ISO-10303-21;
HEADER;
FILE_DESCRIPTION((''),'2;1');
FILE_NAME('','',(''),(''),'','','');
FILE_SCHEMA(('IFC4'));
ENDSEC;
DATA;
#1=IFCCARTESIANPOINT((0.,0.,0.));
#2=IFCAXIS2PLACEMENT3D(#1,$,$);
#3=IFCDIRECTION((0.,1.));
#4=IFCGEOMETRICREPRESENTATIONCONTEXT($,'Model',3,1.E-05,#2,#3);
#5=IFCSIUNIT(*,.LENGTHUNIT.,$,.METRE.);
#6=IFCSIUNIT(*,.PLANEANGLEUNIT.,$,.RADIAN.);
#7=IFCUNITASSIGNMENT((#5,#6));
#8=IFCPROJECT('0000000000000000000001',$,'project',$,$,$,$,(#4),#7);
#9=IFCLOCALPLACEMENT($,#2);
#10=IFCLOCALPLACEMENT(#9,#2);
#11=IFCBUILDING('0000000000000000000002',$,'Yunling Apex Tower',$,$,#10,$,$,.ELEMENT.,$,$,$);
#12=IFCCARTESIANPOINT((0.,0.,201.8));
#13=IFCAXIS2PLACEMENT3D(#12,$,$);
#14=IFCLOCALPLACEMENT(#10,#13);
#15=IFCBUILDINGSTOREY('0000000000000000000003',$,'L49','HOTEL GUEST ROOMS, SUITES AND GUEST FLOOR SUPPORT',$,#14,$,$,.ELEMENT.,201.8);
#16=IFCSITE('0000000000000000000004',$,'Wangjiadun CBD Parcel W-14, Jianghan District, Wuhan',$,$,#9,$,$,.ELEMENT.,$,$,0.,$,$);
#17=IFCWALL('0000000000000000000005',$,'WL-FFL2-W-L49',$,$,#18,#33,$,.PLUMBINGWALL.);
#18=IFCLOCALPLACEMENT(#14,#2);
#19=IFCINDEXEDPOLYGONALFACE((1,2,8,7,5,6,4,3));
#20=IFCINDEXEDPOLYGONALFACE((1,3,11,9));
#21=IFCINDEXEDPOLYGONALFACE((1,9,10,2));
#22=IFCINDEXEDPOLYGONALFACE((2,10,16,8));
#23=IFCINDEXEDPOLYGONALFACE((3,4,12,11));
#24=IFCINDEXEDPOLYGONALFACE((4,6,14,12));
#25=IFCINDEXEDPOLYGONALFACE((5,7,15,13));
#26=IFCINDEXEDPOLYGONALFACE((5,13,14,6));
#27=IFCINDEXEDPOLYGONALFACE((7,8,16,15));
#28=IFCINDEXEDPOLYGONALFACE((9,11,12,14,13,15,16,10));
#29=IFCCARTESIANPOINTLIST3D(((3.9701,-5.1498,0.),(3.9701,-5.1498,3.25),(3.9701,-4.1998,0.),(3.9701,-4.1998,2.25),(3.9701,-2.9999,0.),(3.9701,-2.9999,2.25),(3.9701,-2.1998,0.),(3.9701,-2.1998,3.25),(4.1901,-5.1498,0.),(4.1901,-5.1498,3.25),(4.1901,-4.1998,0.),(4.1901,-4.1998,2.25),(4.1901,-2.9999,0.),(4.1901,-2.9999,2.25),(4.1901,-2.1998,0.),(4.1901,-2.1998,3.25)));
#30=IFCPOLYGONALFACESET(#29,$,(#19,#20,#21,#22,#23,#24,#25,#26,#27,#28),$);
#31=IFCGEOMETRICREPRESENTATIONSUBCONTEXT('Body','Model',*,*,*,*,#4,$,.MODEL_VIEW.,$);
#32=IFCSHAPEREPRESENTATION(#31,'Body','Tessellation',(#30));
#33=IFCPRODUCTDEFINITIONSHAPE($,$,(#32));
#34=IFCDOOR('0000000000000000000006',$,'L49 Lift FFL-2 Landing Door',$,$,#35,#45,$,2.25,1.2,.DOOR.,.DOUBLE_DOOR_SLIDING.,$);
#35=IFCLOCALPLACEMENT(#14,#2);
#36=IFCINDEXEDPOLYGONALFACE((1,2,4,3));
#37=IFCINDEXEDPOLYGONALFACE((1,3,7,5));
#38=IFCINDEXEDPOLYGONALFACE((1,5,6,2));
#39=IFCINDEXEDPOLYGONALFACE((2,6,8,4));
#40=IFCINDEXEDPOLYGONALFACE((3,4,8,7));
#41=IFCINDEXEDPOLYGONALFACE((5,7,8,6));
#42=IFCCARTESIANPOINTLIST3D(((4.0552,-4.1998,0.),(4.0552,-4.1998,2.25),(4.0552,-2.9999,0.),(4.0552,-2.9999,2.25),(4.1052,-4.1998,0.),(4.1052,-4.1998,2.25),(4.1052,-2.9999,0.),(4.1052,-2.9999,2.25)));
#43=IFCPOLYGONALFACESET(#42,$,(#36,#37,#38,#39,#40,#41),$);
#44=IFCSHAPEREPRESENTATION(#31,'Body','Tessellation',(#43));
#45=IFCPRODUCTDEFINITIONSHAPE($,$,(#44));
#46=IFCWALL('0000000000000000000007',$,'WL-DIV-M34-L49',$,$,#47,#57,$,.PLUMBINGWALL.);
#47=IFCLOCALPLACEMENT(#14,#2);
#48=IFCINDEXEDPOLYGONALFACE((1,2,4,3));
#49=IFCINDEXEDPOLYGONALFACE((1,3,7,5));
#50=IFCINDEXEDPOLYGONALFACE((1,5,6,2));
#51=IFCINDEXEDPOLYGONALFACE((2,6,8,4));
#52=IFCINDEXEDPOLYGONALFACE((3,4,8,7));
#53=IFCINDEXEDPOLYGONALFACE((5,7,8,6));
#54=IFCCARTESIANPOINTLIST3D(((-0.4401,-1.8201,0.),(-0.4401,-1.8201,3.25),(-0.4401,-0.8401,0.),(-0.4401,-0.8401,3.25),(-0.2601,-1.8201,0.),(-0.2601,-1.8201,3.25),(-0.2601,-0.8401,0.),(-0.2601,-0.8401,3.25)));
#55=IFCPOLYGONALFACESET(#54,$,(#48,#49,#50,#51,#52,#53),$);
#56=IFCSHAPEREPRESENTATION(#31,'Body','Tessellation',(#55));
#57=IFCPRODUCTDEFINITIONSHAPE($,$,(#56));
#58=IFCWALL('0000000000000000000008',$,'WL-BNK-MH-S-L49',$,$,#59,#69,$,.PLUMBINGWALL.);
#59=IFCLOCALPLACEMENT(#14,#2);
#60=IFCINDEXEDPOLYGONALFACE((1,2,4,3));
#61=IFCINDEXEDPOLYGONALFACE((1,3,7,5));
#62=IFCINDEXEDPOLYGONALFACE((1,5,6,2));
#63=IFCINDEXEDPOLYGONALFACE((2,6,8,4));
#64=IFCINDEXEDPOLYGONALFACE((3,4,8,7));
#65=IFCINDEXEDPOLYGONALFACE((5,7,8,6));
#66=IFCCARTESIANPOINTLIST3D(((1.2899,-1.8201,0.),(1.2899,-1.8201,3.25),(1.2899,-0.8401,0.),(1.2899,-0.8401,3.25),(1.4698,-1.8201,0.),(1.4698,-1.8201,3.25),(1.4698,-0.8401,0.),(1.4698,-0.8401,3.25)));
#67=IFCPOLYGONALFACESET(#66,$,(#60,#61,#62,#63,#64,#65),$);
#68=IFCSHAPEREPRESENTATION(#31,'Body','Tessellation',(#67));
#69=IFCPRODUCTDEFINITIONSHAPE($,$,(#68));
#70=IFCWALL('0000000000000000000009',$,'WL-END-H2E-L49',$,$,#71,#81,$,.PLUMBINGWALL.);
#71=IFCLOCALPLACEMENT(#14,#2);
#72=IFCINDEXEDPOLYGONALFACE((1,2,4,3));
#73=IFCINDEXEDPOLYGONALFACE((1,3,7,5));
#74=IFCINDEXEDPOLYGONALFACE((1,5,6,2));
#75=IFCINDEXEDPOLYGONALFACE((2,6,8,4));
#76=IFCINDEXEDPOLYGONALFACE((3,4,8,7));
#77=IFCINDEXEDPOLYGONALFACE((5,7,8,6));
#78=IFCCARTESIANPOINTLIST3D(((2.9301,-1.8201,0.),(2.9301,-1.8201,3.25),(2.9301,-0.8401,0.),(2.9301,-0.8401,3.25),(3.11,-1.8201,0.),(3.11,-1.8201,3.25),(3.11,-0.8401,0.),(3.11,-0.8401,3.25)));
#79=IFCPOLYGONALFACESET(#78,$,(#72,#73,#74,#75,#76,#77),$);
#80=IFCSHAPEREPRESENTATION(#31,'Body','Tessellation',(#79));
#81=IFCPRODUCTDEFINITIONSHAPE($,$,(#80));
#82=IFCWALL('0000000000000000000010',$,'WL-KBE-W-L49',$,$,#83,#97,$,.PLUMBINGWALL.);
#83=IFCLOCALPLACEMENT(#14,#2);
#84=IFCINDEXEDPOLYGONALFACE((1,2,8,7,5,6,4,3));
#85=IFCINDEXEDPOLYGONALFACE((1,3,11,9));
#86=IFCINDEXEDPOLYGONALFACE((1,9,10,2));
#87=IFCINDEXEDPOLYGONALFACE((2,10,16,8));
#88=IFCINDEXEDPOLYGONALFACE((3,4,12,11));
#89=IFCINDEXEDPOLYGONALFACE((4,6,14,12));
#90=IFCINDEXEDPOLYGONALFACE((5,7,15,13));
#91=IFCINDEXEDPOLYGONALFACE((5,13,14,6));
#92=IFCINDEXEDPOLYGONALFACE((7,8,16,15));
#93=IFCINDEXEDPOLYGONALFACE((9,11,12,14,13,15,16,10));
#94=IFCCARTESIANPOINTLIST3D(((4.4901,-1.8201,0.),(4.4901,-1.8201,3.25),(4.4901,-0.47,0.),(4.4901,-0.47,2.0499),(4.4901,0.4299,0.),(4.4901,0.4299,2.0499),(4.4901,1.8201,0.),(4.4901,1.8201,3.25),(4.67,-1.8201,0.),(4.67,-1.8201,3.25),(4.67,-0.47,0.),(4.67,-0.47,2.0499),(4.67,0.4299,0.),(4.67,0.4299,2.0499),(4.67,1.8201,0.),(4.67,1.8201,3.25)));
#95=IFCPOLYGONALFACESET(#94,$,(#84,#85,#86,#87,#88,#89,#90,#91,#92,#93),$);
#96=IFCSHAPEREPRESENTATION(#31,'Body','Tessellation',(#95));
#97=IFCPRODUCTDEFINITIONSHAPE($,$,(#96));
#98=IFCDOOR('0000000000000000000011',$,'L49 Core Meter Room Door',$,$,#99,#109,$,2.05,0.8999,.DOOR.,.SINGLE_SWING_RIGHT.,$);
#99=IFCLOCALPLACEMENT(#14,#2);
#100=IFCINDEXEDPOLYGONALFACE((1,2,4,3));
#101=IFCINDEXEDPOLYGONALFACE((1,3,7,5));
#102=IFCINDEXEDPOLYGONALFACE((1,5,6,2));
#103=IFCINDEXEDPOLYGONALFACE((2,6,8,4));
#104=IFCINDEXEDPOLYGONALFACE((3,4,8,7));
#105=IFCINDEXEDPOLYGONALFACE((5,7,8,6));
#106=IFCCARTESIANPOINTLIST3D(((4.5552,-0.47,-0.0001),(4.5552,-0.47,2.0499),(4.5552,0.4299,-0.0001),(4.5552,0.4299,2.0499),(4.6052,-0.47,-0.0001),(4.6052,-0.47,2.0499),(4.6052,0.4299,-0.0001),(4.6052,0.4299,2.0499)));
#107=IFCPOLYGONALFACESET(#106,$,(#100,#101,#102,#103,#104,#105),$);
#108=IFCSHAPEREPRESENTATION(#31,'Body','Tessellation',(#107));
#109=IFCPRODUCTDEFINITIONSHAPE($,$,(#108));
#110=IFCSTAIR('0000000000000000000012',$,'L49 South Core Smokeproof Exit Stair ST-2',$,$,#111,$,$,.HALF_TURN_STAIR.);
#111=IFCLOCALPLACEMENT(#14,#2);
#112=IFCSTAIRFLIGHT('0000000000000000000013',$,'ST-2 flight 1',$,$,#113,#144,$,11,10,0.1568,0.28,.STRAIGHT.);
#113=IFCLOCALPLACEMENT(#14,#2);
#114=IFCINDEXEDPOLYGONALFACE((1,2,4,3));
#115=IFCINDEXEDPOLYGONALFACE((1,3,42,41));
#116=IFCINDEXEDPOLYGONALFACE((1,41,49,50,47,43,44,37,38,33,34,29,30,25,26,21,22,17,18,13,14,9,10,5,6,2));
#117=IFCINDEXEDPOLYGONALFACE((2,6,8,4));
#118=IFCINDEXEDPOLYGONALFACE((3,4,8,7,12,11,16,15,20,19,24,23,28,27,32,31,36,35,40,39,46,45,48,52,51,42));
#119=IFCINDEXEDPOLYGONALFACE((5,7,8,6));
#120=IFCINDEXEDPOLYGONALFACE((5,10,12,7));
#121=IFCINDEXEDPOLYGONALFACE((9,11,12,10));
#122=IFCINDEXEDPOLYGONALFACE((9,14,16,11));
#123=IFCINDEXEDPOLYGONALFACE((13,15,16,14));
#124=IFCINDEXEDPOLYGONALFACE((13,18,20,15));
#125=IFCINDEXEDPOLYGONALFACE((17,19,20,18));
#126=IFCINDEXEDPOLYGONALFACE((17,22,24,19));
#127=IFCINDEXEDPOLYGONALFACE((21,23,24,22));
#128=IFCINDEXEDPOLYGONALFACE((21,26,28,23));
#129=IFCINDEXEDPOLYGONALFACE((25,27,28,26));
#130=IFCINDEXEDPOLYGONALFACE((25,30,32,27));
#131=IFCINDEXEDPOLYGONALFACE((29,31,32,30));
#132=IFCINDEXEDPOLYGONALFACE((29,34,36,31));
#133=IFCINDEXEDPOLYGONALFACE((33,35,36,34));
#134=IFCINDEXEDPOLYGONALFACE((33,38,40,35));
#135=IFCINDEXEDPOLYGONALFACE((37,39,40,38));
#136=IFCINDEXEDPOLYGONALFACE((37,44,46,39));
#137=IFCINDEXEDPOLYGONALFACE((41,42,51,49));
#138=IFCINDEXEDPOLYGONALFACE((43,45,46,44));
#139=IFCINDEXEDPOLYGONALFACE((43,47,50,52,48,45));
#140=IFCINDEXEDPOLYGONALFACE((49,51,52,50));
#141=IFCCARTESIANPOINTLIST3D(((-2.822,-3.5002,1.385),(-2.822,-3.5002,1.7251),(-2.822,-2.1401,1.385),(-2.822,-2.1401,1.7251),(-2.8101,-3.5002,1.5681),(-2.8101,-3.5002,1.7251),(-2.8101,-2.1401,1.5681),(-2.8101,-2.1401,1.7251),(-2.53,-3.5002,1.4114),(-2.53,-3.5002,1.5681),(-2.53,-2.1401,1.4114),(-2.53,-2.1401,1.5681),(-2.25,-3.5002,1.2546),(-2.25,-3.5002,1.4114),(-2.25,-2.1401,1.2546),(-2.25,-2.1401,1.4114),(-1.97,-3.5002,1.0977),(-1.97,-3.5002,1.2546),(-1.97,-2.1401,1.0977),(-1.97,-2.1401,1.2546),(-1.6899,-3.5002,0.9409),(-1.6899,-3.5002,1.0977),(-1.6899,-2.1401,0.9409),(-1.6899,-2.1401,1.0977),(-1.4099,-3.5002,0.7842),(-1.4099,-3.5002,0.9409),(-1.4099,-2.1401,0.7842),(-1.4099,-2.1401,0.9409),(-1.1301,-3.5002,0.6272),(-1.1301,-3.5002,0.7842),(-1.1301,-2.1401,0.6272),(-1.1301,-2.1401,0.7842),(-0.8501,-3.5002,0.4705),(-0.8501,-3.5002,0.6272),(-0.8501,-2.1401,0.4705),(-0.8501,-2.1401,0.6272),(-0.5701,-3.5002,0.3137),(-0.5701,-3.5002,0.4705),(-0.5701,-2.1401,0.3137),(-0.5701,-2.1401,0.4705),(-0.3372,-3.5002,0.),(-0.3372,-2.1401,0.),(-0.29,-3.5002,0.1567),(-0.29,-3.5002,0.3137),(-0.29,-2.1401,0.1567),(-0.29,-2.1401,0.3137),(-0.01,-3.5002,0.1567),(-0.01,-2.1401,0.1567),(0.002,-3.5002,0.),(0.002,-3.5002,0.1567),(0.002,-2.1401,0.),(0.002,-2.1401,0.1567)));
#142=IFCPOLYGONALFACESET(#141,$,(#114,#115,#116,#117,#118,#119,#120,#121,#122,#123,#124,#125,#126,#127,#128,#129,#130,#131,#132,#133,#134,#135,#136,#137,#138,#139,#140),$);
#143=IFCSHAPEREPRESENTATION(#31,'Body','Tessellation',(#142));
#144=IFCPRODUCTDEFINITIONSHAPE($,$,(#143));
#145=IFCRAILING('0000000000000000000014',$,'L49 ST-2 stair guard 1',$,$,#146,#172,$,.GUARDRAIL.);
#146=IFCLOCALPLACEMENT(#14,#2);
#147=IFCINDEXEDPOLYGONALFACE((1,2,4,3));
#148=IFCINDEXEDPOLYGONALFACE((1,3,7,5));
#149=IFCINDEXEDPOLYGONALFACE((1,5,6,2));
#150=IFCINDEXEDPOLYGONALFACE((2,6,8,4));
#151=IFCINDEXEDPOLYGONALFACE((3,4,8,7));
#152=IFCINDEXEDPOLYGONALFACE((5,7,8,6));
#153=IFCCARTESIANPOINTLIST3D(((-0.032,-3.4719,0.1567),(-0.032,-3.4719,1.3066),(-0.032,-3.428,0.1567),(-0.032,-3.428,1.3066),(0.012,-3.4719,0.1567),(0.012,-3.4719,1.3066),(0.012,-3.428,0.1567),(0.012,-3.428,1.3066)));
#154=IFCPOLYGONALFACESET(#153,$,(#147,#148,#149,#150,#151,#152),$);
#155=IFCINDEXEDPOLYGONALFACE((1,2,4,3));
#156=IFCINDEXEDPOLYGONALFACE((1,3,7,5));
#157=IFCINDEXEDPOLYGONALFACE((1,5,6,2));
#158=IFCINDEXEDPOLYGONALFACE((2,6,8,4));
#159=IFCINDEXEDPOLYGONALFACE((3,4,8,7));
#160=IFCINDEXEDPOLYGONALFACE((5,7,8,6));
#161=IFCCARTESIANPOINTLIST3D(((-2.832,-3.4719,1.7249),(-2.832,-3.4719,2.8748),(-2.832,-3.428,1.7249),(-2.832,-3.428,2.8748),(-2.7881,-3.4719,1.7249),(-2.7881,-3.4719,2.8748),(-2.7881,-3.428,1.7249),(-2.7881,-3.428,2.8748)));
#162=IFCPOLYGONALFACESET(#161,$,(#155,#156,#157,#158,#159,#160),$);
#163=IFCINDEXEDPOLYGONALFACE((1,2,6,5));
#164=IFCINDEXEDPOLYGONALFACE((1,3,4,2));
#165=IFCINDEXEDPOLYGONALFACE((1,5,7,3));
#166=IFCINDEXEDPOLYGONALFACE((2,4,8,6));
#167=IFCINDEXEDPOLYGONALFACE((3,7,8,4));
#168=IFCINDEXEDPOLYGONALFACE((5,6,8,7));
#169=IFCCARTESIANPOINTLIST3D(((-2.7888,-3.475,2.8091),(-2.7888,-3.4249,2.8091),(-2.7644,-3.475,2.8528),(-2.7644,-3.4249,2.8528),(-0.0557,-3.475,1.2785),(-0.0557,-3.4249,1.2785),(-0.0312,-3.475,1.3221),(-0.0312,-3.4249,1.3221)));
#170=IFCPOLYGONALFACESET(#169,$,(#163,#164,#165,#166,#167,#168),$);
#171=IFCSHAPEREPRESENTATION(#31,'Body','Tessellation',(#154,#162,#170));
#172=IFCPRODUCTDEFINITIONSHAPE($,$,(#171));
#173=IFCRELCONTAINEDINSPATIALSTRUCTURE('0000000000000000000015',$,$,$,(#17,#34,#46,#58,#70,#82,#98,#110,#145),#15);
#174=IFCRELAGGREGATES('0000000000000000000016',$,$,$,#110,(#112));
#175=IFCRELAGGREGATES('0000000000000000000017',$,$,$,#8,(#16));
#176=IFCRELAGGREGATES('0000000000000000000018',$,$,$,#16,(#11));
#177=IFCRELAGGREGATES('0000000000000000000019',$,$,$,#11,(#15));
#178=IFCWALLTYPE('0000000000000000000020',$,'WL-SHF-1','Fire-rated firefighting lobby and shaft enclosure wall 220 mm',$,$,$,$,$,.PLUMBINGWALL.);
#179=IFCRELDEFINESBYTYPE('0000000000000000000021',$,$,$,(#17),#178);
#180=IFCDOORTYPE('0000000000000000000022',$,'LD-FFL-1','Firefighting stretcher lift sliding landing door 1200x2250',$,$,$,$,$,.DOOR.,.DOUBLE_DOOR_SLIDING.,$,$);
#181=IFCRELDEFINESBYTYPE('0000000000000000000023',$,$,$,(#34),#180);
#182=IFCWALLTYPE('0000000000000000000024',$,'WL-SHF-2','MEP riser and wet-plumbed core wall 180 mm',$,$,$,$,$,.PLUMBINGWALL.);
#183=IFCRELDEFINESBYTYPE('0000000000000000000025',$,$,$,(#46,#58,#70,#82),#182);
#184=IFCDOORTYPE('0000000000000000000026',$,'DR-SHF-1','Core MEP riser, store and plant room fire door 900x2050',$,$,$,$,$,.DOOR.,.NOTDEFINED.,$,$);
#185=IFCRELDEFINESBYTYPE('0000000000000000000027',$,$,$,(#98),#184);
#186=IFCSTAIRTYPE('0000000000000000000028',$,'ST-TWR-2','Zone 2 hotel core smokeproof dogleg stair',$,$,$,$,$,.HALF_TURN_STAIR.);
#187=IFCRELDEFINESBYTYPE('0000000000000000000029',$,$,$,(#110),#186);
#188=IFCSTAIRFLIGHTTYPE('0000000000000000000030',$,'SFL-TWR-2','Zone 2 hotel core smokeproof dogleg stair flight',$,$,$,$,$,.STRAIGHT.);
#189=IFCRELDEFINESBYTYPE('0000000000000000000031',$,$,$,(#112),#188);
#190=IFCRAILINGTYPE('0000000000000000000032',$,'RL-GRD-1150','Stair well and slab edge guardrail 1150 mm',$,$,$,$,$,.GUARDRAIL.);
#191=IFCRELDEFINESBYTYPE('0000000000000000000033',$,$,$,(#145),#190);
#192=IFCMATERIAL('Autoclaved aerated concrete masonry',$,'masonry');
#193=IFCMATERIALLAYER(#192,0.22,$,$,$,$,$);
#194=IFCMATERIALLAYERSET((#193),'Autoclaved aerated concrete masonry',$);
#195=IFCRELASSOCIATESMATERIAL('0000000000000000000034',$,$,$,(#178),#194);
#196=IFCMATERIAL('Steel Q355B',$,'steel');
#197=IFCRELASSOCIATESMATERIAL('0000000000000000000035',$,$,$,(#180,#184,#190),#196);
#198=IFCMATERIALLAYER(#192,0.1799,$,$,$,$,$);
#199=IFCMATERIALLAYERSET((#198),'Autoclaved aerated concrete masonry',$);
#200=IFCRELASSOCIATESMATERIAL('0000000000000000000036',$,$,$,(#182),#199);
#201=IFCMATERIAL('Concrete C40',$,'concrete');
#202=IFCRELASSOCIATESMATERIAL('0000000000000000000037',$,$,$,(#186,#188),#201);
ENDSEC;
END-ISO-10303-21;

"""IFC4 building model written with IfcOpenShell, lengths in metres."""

from ifc_helpers import new_model, si_unit, direction, frame, frame_2d, origin, origin_2d, place, context, subcontext, project, spatial, polyline, rectangle, outline, extrude, material, layer, layer_set, type_object, element, fill, aggregate, save


model = new_model("IFC4")

# Units and contexts
model_context = context("Model", 3, precision=1e-05, world=origin(), true_north=direction((0.0, 1.0)))
body_context = subcontext(model_context, "Body", "Model", "MODEL_VIEW")
ifc_project = project(units=[si_unit("LENGTHUNIT", "METRE"), si_unit("PLANEANGLEUNIT", "RADIAN")], contexts=[model_context])

# Site, building, storey
site_placement = place(None, origin())
site = spatial("IfcSite", under=ifc_project, at=site_placement, Name="Wangjiadun CBD Parcel W-14, Jianghan District, Wuhan", CompositionType="ELEMENT", RefElevation=0.0)
building_placement = place(site_placement, origin())
building = spatial("IfcBuilding", under=site, at=building_placement, Name="Yunling Apex Tower", CompositionType="ELEMENT")
storey_placement = place(building_placement, frame((0.0, 0.0, 201.8)))
storey = spatial("IfcBuildingStorey", under=building, at=storey_placement, Name="L49", Description="HOTEL GUEST ROOMS, SUITES AND GUEST FLOOR SUPPORT", CompositionType="ELEMENT", Elevation=201.8)

# Shared definitions
ifc_material_1 = material(Name="Concrete C40", Category="concrete")

# Wall, opening, door
ifc_material_2 = material(Name="Autoclaved aerated concrete masonry", Category="masonry")
ifc_layer_1 = layer(ifc_material_2, 0.22)
ifc_layer_set_1 = layer_set([ifc_layer_1], Name="Autoclaved aerated concrete masonry")
wall_type_1 = type_object("IfcWallType", Name="WL-SHF-1", Description="Fire-rated firefighting lobby and shaft enclosure wall 220 mm", PredefinedType="PLUMBINGWALL", material=ifc_layer_set_1)
ifc_material_3 = material(Name="Steel Q355B", Category="steel")
wall_1_placement = place(storey_placement, frame((4.0801, -5.1499, 0.0), z_axis=(0.0, 0.0, 1.0), x_axis=(0.0, 1.0, 0.0)))
wall_1 = element("IfcWall", 1, at=wall_1_placement, inside=storey, type_object=wall_type_1, Name="WL-FFL2-W-L49", PredefinedType="PLUMBINGWALL", context=body_context, shape_type="SweptSolid", body=[
    extrude(rectangle(XDim=2.95, YDim=0.22, at=frame_2d((1.4751, 0.0))), origin(), (0.0, 0.0, 1.0), 3.25),
])
opening_1_placement = place(wall_1_placement, frame((0.95, 0.0, 0.0)))
opening_1 = element("IfcOpeningElement", 2, at=opening_1_placement, cuts=wall_1, PredefinedType="OPENING", context=body_context, shape_type="SweptSolid", body=[
    extrude(rectangle(XDim=1.2, YDim=2.25, at=frame_2d((0.6001, 1.125))), frame((0.0, 0.1201, 0.0), z_axis=(0.0, -1.0, 0.0), x_axis=(1.0, 0.0, 0.0)), (0.0, 0.0, 1.0), 0.24),
])
door_type_1 = type_object("IfcDoorType", Name="LD-FFL-1", Description="Firefighting stretcher lift sliding landing door 1200x2250", OperationType="DOUBLE_DOOR_SLIDING", PredefinedType="DOOR", material=ifc_material_3)
door_1_placement = place(opening_1_placement, origin())
door_1 = element("IfcDoor", 3, at=door_1_placement, inside=storey, type_object=door_type_1, Name="L49 Lift FFL-2 Landing Door", OperationType="DOUBLE_DOOR_SLIDING", OverallHeight=2.25, OverallWidth=1.2, PredefinedType="DOOR", context=body_context, shape_type="SweptSolid", body=[
    extrude(rectangle(XDim=1.2, YDim=2.25, at=frame_2d((0.6001, 1.125))), frame((0.0, 0.0249, 0.0), z_axis=(0.0, -1.0, 0.0), x_axis=(1.0, 0.0, 0.0)), (0.0, 0.0, 1.0), 0.05),
])
fill(opening_1, door_1)

# Walls
ifc_layer_2 = layer(ifc_material_2, 0.1799)
ifc_layer_set_2 = layer_set([ifc_layer_2], Name="Autoclaved aerated concrete masonry")
wall_type_2 = type_object("IfcWallType", Name="WL-SHF-2", Description="MEP riser and wet-plumbed core wall 180 mm", PredefinedType="PLUMBINGWALL", material=ifc_layer_set_2)
for number, where, z_axis, x_axis, name in (
    (4, (-0.3501, -1.8201, 0.0), (0.0, 0.0, 1.0), (0.0, 1.0, 0.0), "WL-DIV-M34-L49"),
    (5, (1.3799, -1.8201, 0.0), (0.0, 0.0, 1.0), (0.0, 1.0, 0.0), "WL-BNK-MH-S-L49"),
    (6, (3.02, -1.8201, 0.0), (0.0, 0.0, 1.0), (0.0, 1.0, 0.0), "WL-END-H2E-L49"),
):
    element("IfcWall", number, at=place(storey_placement, frame(where, z_axis=z_axis, x_axis=x_axis)), inside=storey, type_object=wall_type_2, Name=name, PredefinedType="PLUMBINGWALL", context=body_context, shape_type="SweptSolid", body=[
        extrude(rectangle(XDim=0.98, YDim=0.1799, at=frame_2d((0.49, 0.0))), origin(), (0.0, 0.0, 1.0), 3.25),
    ])

# Wall, opening, door
wall_2_placement = place(storey_placement, frame((4.5801, -1.8201, 0.0), z_axis=(0.0, 0.0, 1.0), x_axis=(0.0, 1.0, 0.0)))
wall_2 = element("IfcWall", 7, at=wall_2_placement, inside=storey, type_object=wall_type_2, Name="WL-KBE-W-L49", PredefinedType="PLUMBINGWALL", context=body_context, shape_type="SweptSolid", body=[
    extrude(rectangle(XDim=3.6401, YDim=0.1799, at=frame_2d((1.8201, 0.0))), origin(), (0.0, 0.0, 1.0), 3.25),
])
opening_2_placement = place(wall_2_placement, frame((1.3501, 0.0, 0.0)))
opening_2 = element("IfcOpeningElement", 8, at=opening_2_placement, cuts=wall_2, PredefinedType="OPENING", context=body_context, shape_type="SweptSolid", body=[
    extrude(rectangle(XDim=0.8999, YDim=2.05, at=frame_2d((0.45, 1.0249))), frame((0.0, 0.1001, 0.0), z_axis=(0.0, -1.0, 0.0), x_axis=(1.0, 0.0, 0.0)), (0.0, 0.0, 1.0), 0.2),
])
door_type_2 = type_object("IfcDoorType", Name="DR-SHF-1", Description="Core MEP riser, store and plant room fire door 900x2050", OperationType="NOTDEFINED", PredefinedType="DOOR", material=ifc_material_3)
door_2_placement = place(opening_2_placement, origin())
door_2 = element("IfcDoor", 9, at=door_2_placement, inside=storey, type_object=door_type_2, Name="L49 Core Meter Room Door", OperationType="SINGLE_SWING_RIGHT", OverallHeight=2.05, OverallWidth=0.8999, PredefinedType="DOOR", context=body_context, shape_type="SweptSolid", body=[
    extrude(rectangle(XDim=0.8999, YDim=2.05, at=frame_2d((0.45, 1.0249))), frame((0.0, 0.0249, 0.0), z_axis=(0.0, -1.0, 0.0), x_axis=(1.0, 0.0, 0.0)), (0.0, 0.0, 1.0), 0.05),
])
fill(opening_2, door_2)

# Stair, stair flight
stair_type = type_object("IfcStairType", Name="ST-TWR-2", Description="Zone 2 hotel core smokeproof dogleg stair", PredefinedType="HALF_TURN_STAIR", material=ifc_material_1)
stair_placement = place(storey_placement, origin())
stair = element("IfcStair", 10, at=stair_placement, inside=storey, type_object=stair_type, Name="L49 South Core Smokeproof Exit Stair ST-2", PredefinedType="HALF_TURN_STAIR")
stair_flight_type = type_object("IfcStairFlightType", Name="SFL-TWR-2", Description="Zone 2 hotel core smokeproof dogleg stair flight", PredefinedType="STRAIGHT", material=ifc_material_1)
stair_flight_placement = place(storey_placement, frame((-0.01, -2.8201, 0.0), z_axis=(0.0, 0.0, 1.0), x_axis=(-1.0, 0.0, 0.0)))
stair_flight = element("IfcStairFlight", 11, at=stair_flight_placement, type_object=stair_flight_type, Name="ST-2 flight 1", NumberOfRisers=11, NumberOfTreads=10, PredefinedType="STRAIGHT", RiserHeight=0.1568, TreadLength=0.28, context=body_context, shape_type="SweptSolid", body=[
    extrude(outline(polyline([(-0.012, 0.0), (-0.012, 0.1567), (0.0, 0.1567), (0.28, 0.1567), (0.28, 0.3137), (0.5601, 0.3137), (0.5601, 0.4705), (0.8401, 0.4705), (0.8401, 0.6272), (1.1201, 0.6272), (1.1201, 0.7842), (1.3999, 0.7842), (1.3999, 0.9409), (1.6799, 0.9409), (1.6799, 1.0977), (1.96, 1.0977), (1.96, 1.2546), (2.24, 1.2546), (2.24, 1.4114), (2.52, 1.4114), (2.52, 1.5681), (2.8, 1.5681), (2.8, 1.7251), (2.812, 1.7251), (2.812, 1.385), (0.3271, 0.0), (-0.012, 0.0)])), frame((0.0, 0.6802, 0.0), z_axis=(0.0, -1.0, 0.0), x_axis=(1.0, 0.0, 0.0)), (0.0, 0.0, 1.0), 1.3601),
])
aggregate(stair, [stair_flight])

# Railing
railing_type_1 = type_object("IfcRailingType", Name="RL-GRD-1150", Description="Stair well and slab edge guardrail 1150 mm", PredefinedType="GUARDRAIL", material=ifc_material_3)
railing_1_placement = place(storey_placement, frame((-0.01, -3.45, 0.1567)))
element("IfcRailing", 12, at=railing_1_placement, inside=storey, type_object=railing_type_1, Name="L49 ST-2 stair guard 1", PredefinedType="GUARDRAIL", context=body_context, shape_type="SweptSolid", body=[
    extrude(rectangle(XDim=0.0439, YDim=0.0439, at=origin_2d()), origin(), (0.0, 0.0, 1.0), 1.1499),
    extrude(rectangle(XDim=0.0439, YDim=0.0439, at=origin_2d()), frame((-2.8, 0.0, 1.5681)), (0.0, 0.0, 1.0), 1.1499),
    extrude(rectangle(XDim=0.05, YDim=0.05, at=origin_2d()), frame((-0.0334, 0.0, 1.1436), z_axis=(-0.872494, 0.0, 0.488624), x_axis=(0.0, -1.0, 0.0)), (0.0, 0.0, 1.0), 3.1326),
])

save(model, "model.ifc")
